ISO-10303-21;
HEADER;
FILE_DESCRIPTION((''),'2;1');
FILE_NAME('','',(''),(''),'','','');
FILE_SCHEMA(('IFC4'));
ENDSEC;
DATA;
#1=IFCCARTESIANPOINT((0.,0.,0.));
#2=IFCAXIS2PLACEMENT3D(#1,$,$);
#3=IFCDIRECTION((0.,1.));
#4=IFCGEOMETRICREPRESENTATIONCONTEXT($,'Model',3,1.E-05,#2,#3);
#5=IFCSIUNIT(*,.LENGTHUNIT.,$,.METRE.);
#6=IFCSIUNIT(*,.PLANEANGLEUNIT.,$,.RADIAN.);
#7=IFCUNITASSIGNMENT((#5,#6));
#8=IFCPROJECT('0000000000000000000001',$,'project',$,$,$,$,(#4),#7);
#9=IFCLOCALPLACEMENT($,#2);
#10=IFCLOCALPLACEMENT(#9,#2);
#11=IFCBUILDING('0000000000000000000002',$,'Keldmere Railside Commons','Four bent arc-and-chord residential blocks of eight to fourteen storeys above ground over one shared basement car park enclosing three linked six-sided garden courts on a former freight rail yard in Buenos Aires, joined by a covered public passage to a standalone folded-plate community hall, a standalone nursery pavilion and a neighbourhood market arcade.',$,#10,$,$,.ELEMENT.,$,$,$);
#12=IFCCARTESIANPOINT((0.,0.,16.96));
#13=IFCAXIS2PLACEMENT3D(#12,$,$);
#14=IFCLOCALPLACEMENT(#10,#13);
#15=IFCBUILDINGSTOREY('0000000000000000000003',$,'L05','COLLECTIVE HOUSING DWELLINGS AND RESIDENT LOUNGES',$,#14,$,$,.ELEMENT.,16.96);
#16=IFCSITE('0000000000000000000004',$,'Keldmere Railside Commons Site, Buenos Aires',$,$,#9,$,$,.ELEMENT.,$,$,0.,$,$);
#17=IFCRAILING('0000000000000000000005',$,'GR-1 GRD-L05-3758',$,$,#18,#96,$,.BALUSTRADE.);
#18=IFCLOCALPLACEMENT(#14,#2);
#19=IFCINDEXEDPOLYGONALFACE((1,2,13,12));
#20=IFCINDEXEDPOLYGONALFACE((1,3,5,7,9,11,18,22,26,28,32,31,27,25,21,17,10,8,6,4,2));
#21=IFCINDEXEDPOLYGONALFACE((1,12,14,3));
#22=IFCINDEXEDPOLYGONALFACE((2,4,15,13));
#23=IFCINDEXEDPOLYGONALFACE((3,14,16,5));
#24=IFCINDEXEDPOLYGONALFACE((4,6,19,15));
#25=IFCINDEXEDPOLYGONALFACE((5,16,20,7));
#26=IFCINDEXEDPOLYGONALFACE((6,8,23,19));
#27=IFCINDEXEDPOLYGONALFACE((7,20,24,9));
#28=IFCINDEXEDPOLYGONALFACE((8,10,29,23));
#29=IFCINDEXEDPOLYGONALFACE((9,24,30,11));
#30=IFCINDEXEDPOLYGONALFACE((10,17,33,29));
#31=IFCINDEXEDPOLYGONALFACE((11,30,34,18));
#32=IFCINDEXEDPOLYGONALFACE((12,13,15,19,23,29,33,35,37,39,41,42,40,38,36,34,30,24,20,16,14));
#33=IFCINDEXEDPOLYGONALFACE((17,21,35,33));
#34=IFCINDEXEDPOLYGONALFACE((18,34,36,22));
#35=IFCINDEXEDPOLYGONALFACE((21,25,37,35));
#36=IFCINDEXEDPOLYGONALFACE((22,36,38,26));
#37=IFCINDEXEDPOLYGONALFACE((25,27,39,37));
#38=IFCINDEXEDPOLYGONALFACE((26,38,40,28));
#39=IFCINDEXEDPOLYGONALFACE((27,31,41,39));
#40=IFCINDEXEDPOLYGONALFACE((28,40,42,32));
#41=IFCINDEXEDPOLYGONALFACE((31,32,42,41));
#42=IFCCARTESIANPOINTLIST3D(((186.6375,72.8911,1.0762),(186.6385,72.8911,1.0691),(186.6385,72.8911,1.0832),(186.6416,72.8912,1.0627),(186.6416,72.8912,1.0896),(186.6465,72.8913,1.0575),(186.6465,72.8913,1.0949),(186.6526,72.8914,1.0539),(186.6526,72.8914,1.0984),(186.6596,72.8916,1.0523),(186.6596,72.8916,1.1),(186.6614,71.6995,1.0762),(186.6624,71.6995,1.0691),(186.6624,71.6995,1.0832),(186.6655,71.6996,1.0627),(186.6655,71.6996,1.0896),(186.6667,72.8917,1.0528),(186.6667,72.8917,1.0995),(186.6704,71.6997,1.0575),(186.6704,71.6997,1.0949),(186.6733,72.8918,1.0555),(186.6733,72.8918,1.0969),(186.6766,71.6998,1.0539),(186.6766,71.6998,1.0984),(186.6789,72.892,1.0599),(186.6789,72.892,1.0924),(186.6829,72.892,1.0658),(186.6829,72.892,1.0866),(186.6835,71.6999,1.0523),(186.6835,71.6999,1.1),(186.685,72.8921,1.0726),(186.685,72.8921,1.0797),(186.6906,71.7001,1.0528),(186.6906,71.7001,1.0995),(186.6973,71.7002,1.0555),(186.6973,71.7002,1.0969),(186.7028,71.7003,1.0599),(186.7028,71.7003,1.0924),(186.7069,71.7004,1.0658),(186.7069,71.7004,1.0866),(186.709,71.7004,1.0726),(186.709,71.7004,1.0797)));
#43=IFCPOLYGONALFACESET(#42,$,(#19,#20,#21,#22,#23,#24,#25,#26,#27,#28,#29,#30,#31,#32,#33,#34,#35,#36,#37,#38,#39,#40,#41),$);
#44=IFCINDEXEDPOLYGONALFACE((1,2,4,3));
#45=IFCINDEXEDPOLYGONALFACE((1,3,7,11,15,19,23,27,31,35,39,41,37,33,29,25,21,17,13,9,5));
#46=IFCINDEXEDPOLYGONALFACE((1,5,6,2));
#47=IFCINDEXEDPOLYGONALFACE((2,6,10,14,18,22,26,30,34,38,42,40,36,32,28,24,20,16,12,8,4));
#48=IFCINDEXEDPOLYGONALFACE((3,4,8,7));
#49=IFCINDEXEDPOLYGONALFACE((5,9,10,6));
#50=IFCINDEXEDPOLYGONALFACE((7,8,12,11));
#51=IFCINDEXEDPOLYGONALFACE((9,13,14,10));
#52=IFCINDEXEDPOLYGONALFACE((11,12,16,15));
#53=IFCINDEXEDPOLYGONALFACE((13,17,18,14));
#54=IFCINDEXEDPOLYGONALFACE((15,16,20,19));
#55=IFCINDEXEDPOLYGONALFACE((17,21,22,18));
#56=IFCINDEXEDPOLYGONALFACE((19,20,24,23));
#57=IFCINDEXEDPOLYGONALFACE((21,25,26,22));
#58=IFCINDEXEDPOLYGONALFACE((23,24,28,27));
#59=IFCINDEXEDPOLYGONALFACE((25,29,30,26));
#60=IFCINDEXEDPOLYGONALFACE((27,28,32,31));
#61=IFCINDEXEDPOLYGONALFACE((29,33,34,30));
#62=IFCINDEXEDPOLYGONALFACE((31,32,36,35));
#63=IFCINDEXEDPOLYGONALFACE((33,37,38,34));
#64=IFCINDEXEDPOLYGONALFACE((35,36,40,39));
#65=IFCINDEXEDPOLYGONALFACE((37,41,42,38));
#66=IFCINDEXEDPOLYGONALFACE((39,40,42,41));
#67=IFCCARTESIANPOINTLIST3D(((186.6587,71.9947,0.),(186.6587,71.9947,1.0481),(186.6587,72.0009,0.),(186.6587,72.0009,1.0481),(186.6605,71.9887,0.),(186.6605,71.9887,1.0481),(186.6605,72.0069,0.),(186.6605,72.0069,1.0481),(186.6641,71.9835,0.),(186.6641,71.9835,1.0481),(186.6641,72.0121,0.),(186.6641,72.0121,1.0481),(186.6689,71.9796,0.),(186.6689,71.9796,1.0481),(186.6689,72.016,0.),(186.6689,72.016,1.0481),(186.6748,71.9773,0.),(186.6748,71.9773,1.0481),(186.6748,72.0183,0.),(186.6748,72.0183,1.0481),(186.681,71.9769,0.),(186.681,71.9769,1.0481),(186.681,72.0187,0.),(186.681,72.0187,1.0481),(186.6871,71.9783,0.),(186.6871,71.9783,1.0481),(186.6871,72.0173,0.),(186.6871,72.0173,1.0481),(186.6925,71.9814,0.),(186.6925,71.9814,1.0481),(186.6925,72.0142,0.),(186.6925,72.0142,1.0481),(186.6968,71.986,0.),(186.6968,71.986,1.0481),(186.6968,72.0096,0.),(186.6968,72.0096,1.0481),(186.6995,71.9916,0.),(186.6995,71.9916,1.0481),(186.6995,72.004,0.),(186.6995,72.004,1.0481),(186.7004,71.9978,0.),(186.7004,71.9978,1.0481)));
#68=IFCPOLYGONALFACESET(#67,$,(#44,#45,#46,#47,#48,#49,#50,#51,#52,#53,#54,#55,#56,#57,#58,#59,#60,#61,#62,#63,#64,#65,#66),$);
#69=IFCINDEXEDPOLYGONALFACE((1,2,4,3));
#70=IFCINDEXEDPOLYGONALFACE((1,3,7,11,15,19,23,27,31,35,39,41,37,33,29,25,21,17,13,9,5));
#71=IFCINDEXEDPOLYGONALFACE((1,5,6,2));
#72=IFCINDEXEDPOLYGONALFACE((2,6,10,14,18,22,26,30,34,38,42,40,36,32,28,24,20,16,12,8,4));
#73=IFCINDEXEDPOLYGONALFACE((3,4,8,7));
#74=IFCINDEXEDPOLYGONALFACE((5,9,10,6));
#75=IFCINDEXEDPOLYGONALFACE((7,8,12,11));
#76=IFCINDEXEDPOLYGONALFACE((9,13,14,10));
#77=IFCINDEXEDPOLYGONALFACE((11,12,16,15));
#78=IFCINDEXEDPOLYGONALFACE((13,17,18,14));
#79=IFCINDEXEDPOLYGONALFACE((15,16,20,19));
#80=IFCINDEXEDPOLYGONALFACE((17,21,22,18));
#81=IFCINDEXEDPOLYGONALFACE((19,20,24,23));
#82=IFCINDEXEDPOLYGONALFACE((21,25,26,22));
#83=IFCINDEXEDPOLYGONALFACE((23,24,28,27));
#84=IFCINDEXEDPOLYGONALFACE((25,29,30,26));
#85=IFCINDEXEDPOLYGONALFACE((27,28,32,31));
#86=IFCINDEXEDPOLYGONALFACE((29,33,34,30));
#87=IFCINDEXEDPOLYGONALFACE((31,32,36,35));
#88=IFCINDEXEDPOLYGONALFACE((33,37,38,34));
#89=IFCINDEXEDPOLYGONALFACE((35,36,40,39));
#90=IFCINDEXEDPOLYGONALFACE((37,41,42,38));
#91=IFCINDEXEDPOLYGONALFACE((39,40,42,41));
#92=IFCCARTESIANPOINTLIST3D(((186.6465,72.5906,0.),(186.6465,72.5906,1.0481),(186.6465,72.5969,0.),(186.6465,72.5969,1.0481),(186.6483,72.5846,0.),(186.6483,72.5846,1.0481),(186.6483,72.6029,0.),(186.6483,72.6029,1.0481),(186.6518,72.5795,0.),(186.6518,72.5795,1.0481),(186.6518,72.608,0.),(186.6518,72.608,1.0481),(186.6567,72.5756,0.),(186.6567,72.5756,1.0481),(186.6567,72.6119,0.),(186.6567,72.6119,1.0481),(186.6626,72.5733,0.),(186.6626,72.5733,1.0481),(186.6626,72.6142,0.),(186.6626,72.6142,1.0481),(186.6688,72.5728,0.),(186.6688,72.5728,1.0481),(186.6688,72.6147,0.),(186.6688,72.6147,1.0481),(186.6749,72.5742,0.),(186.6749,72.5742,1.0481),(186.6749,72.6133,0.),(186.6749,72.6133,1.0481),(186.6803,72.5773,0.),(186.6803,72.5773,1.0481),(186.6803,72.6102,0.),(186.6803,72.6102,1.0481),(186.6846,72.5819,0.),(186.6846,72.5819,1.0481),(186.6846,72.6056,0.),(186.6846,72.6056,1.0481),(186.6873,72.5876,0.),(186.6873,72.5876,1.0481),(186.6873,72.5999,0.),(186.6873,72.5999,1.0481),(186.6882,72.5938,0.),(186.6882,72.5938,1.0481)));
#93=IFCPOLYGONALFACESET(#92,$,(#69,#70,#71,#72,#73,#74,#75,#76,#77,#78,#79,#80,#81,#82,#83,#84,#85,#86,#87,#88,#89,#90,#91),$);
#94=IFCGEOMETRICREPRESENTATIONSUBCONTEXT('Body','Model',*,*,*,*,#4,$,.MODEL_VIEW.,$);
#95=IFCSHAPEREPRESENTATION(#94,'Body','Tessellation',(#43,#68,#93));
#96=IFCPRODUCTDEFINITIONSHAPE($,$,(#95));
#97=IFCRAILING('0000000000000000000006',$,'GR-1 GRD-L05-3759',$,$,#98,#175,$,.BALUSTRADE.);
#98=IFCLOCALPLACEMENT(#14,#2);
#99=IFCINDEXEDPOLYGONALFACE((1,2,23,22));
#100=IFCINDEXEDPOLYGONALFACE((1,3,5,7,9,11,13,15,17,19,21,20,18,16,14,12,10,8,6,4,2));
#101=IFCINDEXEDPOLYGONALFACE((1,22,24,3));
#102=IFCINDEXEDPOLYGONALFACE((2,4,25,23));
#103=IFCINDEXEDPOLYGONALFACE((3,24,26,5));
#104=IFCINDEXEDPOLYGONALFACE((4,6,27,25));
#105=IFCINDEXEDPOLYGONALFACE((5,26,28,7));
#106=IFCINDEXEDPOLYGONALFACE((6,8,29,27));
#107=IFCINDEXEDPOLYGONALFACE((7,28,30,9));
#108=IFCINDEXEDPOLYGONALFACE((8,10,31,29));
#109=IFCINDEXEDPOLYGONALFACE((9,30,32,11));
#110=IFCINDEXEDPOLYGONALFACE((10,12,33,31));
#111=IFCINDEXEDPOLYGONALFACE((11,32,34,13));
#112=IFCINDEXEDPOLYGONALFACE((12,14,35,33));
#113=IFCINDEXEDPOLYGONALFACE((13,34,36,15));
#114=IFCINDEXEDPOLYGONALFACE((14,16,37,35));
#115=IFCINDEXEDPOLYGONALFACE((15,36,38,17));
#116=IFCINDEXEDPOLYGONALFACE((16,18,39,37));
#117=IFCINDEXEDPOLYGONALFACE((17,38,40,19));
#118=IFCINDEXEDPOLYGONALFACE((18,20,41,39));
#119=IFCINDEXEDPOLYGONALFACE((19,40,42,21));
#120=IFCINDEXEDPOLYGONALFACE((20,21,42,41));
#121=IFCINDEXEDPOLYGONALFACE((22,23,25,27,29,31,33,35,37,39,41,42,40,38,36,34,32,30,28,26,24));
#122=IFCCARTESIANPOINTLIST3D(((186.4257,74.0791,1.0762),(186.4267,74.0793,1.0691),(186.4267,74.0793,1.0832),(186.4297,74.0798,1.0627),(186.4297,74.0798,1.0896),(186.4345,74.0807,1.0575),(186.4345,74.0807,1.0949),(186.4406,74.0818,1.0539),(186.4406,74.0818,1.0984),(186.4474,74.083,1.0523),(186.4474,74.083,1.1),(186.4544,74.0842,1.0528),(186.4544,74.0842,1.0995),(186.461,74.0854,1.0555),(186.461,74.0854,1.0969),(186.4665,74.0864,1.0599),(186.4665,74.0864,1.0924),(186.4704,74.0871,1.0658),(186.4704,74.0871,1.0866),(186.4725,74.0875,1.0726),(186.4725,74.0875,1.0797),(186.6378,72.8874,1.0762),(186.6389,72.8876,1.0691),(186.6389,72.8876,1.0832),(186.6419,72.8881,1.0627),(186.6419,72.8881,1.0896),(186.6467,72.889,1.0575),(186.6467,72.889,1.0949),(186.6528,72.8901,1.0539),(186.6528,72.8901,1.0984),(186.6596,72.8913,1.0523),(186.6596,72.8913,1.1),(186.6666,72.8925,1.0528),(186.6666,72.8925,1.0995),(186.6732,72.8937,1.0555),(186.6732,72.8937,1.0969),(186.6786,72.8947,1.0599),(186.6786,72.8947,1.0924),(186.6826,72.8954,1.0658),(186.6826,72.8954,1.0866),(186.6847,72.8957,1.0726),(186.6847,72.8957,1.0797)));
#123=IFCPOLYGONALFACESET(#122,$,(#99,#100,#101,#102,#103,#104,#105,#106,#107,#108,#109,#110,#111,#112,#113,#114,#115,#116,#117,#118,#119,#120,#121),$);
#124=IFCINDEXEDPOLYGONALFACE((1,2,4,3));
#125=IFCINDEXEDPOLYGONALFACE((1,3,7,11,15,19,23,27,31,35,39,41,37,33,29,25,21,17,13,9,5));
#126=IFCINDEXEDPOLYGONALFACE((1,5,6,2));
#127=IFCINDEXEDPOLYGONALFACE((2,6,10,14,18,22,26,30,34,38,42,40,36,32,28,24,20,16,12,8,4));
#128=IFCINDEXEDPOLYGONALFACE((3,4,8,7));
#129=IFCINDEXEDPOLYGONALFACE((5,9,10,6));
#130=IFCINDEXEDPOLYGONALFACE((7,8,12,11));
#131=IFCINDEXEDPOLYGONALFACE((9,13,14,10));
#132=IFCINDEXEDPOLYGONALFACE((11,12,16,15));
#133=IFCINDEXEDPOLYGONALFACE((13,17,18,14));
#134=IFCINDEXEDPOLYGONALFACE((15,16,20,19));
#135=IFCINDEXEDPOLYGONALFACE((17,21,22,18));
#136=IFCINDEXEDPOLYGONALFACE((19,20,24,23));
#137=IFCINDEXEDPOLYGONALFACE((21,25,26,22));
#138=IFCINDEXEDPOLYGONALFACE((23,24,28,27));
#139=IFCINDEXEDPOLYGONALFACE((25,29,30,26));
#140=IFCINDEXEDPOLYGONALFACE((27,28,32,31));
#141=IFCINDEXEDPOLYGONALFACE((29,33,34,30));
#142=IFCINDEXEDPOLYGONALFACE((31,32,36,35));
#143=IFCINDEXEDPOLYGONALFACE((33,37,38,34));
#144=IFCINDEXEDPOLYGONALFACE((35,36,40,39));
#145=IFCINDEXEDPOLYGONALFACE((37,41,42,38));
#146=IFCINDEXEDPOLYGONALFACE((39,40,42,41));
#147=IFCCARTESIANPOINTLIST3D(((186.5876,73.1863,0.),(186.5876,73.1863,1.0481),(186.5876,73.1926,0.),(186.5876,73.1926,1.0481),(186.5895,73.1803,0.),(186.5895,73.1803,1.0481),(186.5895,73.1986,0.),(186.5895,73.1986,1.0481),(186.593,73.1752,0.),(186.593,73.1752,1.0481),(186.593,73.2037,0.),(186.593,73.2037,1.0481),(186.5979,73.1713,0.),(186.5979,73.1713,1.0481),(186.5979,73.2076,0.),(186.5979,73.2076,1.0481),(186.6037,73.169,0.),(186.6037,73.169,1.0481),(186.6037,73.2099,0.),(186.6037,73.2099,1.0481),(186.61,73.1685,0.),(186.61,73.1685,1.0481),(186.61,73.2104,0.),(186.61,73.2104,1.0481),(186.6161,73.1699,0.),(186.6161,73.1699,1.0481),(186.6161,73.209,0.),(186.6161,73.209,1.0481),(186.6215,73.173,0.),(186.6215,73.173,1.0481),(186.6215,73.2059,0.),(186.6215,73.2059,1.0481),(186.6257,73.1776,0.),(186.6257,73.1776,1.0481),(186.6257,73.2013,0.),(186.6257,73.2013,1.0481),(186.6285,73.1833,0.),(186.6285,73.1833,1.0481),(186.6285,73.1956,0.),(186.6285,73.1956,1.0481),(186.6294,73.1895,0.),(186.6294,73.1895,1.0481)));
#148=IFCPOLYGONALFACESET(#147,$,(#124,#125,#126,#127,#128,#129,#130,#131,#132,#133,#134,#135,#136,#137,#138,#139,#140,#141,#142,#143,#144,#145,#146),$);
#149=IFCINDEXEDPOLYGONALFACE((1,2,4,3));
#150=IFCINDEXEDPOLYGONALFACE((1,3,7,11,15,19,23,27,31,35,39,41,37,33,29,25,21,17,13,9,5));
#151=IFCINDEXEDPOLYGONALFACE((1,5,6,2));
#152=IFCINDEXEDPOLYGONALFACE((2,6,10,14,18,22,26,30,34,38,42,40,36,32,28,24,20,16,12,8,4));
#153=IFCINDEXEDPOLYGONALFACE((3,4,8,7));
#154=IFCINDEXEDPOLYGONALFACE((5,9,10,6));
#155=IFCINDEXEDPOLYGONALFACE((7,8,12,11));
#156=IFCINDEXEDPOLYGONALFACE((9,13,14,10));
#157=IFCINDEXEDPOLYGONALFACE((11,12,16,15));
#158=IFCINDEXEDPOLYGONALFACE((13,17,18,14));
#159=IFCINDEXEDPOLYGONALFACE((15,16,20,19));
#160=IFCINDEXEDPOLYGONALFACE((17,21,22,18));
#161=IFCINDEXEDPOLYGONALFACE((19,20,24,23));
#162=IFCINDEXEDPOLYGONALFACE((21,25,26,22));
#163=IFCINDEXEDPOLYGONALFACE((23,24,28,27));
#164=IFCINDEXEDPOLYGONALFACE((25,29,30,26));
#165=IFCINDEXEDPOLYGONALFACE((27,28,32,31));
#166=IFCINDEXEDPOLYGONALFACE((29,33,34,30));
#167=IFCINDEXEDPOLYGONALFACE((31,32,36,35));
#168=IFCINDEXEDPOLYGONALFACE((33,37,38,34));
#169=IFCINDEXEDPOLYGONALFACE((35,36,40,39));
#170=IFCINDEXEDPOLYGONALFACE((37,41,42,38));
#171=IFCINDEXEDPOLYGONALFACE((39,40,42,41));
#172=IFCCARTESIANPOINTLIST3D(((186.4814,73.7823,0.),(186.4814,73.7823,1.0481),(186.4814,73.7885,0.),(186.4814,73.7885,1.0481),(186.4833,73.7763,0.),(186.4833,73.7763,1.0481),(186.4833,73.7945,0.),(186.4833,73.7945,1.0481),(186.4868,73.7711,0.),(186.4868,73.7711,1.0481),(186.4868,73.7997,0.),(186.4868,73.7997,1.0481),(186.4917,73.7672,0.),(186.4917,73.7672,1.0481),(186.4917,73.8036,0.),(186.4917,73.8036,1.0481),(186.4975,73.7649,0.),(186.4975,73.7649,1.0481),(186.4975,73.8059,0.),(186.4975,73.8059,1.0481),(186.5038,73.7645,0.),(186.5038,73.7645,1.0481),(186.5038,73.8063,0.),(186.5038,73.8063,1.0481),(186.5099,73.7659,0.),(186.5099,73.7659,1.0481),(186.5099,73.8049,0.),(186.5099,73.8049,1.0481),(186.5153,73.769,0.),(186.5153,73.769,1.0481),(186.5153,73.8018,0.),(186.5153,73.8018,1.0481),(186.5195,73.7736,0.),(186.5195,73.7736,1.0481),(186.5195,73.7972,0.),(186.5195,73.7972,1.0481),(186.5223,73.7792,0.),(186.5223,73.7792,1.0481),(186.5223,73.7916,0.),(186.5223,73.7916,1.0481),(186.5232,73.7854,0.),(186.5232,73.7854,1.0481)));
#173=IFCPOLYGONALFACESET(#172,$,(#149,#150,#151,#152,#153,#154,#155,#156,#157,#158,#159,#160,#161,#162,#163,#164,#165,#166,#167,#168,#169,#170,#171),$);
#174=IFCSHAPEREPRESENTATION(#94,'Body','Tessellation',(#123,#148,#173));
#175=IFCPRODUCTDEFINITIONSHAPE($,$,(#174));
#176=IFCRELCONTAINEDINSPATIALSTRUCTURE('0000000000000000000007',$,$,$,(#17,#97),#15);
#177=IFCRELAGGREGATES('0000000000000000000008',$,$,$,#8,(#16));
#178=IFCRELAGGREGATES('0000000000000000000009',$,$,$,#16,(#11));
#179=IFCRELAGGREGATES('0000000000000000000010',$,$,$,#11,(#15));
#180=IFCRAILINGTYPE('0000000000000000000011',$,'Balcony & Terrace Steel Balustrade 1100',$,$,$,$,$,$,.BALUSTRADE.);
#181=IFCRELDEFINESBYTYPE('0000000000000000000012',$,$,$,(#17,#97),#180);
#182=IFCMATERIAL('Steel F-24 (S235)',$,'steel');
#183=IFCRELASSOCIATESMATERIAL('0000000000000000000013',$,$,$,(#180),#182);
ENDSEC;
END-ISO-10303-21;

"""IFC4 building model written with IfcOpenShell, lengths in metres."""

from ifc_helpers import new_model, si_unit, direction, frame, origin, origin_2d, place, context, subcontext, project, spatial, circle, extrude, material, type_object, element, save


model = new_model("IFC4")

# Units and contexts
model_context = context("Model", 3, precision=1e-05, world=origin(), true_north=direction((0.0, 1.0)))
body_context = subcontext(model_context, "Body", "Model", "MODEL_VIEW")
ifc_project = project(units=[si_unit("LENGTHUNIT", "METRE"), si_unit("PLANEANGLEUNIT", "RADIAN")], contexts=[model_context])

# Site, building, storey
site_placement = place(None, origin())
site = spatial("IfcSite", under=ifc_project, at=site_placement, Name="Keldmere Railside Commons Site, Buenos Aires", CompositionType="ELEMENT", RefElevation=0.0)
building_placement = place(site_placement, origin())
building = spatial("IfcBuilding", under=site, at=building_placement, Name="Keldmere Railside Commons", Description="Four bent arc-and-chord residential blocks of eight to fourteen storeys above ground over one shared basement car park enclosing three linked six-sided garden courts on a former freight rail yard in Buenos Aires, joined by a covered public passage to a standalone folded-plate community hall, a standalone nursery pavilion and a neighbourhood market arcade.", CompositionType="ELEMENT")
storey_placement = place(building_placement, frame((0.0, 0.0, 16.96)))
storey = spatial("IfcBuildingStorey", under=building, at=storey_placement, Name="L05", Description="COLLECTIVE HOUSING DWELLINGS AND RESIDENT LOUNGES", CompositionType="ELEMENT", Elevation=16.96)

# Shared definitions
ifc_material_1 = material(Name="Steel F-24 (S235)", Category="steel")

# Railings
railing_type_1 = type_object("IfcRailingType", Name="Balcony & Terrace Steel Balustrade 1100", PredefinedType="BALUSTRADE", material=ifc_material_1)
railing_1_placement = place(storey_placement, frame((186.6853, 71.7, 0.0)))
element("IfcRailing", 1, at=railing_1_placement, inside=storey, type_object=railing_type_1, Name="GR-1 GRD-L05-3758", PredefinedType="BALUSTRADE", context=body_context, shape_type="SweptSolid", body=[
    extrude(circle(Radius=0.0239, at=origin_2d()), frame((0.0, 0.0, 1.0762), z_axis=(-0.020074, 0.999799, 0.0), x_axis=(-0.999799, -0.020074, 0.0)), (0.0, 0.0, 1.0), 1.1919),
    extrude(circle(Radius=0.021, at=origin_2d()), frame((-0.0059, 0.2979, 0.0)), (0.0, 0.0, 1.0), 1.0481),
    extrude(circle(Radius=0.021, at=origin_2d()), frame((-0.0181, 0.8938, 0.0)), (0.0, 0.0, 1.0), 1.0481),
])
railing_2_placement = place(storey_placement, frame((186.6614, 72.8916, 0.0)))
element("IfcRailing", 2, at=railing_2_placement, inside=storey, type_object=railing_type_1, Name="GR-1 GRD-L05-3759", PredefinedType="BALUSTRADE", context=body_context, shape_type="SweptSolid", body=[
    extrude(circle(Radius=0.0239, at=origin_2d()), frame((0.0, 0.0, 1.0762), z_axis=(-0.175281, 0.984518, 0.0), x_axis=(-0.984518, -0.175281, 0.0)), (0.0, 0.0, 1.0), 1.2104),
    extrude(circle(Radius=0.021, at=origin_2d()), frame((-0.053, 0.2979, 0.0)), (0.0, 0.0, 1.0), 1.0481),
    extrude(circle(Radius=0.021, at=origin_2d()), frame((-0.1592, 0.8938, 0.0)), (0.0, 0.0, 1.0), 1.0481),
])

save(model, "model.ifc")
